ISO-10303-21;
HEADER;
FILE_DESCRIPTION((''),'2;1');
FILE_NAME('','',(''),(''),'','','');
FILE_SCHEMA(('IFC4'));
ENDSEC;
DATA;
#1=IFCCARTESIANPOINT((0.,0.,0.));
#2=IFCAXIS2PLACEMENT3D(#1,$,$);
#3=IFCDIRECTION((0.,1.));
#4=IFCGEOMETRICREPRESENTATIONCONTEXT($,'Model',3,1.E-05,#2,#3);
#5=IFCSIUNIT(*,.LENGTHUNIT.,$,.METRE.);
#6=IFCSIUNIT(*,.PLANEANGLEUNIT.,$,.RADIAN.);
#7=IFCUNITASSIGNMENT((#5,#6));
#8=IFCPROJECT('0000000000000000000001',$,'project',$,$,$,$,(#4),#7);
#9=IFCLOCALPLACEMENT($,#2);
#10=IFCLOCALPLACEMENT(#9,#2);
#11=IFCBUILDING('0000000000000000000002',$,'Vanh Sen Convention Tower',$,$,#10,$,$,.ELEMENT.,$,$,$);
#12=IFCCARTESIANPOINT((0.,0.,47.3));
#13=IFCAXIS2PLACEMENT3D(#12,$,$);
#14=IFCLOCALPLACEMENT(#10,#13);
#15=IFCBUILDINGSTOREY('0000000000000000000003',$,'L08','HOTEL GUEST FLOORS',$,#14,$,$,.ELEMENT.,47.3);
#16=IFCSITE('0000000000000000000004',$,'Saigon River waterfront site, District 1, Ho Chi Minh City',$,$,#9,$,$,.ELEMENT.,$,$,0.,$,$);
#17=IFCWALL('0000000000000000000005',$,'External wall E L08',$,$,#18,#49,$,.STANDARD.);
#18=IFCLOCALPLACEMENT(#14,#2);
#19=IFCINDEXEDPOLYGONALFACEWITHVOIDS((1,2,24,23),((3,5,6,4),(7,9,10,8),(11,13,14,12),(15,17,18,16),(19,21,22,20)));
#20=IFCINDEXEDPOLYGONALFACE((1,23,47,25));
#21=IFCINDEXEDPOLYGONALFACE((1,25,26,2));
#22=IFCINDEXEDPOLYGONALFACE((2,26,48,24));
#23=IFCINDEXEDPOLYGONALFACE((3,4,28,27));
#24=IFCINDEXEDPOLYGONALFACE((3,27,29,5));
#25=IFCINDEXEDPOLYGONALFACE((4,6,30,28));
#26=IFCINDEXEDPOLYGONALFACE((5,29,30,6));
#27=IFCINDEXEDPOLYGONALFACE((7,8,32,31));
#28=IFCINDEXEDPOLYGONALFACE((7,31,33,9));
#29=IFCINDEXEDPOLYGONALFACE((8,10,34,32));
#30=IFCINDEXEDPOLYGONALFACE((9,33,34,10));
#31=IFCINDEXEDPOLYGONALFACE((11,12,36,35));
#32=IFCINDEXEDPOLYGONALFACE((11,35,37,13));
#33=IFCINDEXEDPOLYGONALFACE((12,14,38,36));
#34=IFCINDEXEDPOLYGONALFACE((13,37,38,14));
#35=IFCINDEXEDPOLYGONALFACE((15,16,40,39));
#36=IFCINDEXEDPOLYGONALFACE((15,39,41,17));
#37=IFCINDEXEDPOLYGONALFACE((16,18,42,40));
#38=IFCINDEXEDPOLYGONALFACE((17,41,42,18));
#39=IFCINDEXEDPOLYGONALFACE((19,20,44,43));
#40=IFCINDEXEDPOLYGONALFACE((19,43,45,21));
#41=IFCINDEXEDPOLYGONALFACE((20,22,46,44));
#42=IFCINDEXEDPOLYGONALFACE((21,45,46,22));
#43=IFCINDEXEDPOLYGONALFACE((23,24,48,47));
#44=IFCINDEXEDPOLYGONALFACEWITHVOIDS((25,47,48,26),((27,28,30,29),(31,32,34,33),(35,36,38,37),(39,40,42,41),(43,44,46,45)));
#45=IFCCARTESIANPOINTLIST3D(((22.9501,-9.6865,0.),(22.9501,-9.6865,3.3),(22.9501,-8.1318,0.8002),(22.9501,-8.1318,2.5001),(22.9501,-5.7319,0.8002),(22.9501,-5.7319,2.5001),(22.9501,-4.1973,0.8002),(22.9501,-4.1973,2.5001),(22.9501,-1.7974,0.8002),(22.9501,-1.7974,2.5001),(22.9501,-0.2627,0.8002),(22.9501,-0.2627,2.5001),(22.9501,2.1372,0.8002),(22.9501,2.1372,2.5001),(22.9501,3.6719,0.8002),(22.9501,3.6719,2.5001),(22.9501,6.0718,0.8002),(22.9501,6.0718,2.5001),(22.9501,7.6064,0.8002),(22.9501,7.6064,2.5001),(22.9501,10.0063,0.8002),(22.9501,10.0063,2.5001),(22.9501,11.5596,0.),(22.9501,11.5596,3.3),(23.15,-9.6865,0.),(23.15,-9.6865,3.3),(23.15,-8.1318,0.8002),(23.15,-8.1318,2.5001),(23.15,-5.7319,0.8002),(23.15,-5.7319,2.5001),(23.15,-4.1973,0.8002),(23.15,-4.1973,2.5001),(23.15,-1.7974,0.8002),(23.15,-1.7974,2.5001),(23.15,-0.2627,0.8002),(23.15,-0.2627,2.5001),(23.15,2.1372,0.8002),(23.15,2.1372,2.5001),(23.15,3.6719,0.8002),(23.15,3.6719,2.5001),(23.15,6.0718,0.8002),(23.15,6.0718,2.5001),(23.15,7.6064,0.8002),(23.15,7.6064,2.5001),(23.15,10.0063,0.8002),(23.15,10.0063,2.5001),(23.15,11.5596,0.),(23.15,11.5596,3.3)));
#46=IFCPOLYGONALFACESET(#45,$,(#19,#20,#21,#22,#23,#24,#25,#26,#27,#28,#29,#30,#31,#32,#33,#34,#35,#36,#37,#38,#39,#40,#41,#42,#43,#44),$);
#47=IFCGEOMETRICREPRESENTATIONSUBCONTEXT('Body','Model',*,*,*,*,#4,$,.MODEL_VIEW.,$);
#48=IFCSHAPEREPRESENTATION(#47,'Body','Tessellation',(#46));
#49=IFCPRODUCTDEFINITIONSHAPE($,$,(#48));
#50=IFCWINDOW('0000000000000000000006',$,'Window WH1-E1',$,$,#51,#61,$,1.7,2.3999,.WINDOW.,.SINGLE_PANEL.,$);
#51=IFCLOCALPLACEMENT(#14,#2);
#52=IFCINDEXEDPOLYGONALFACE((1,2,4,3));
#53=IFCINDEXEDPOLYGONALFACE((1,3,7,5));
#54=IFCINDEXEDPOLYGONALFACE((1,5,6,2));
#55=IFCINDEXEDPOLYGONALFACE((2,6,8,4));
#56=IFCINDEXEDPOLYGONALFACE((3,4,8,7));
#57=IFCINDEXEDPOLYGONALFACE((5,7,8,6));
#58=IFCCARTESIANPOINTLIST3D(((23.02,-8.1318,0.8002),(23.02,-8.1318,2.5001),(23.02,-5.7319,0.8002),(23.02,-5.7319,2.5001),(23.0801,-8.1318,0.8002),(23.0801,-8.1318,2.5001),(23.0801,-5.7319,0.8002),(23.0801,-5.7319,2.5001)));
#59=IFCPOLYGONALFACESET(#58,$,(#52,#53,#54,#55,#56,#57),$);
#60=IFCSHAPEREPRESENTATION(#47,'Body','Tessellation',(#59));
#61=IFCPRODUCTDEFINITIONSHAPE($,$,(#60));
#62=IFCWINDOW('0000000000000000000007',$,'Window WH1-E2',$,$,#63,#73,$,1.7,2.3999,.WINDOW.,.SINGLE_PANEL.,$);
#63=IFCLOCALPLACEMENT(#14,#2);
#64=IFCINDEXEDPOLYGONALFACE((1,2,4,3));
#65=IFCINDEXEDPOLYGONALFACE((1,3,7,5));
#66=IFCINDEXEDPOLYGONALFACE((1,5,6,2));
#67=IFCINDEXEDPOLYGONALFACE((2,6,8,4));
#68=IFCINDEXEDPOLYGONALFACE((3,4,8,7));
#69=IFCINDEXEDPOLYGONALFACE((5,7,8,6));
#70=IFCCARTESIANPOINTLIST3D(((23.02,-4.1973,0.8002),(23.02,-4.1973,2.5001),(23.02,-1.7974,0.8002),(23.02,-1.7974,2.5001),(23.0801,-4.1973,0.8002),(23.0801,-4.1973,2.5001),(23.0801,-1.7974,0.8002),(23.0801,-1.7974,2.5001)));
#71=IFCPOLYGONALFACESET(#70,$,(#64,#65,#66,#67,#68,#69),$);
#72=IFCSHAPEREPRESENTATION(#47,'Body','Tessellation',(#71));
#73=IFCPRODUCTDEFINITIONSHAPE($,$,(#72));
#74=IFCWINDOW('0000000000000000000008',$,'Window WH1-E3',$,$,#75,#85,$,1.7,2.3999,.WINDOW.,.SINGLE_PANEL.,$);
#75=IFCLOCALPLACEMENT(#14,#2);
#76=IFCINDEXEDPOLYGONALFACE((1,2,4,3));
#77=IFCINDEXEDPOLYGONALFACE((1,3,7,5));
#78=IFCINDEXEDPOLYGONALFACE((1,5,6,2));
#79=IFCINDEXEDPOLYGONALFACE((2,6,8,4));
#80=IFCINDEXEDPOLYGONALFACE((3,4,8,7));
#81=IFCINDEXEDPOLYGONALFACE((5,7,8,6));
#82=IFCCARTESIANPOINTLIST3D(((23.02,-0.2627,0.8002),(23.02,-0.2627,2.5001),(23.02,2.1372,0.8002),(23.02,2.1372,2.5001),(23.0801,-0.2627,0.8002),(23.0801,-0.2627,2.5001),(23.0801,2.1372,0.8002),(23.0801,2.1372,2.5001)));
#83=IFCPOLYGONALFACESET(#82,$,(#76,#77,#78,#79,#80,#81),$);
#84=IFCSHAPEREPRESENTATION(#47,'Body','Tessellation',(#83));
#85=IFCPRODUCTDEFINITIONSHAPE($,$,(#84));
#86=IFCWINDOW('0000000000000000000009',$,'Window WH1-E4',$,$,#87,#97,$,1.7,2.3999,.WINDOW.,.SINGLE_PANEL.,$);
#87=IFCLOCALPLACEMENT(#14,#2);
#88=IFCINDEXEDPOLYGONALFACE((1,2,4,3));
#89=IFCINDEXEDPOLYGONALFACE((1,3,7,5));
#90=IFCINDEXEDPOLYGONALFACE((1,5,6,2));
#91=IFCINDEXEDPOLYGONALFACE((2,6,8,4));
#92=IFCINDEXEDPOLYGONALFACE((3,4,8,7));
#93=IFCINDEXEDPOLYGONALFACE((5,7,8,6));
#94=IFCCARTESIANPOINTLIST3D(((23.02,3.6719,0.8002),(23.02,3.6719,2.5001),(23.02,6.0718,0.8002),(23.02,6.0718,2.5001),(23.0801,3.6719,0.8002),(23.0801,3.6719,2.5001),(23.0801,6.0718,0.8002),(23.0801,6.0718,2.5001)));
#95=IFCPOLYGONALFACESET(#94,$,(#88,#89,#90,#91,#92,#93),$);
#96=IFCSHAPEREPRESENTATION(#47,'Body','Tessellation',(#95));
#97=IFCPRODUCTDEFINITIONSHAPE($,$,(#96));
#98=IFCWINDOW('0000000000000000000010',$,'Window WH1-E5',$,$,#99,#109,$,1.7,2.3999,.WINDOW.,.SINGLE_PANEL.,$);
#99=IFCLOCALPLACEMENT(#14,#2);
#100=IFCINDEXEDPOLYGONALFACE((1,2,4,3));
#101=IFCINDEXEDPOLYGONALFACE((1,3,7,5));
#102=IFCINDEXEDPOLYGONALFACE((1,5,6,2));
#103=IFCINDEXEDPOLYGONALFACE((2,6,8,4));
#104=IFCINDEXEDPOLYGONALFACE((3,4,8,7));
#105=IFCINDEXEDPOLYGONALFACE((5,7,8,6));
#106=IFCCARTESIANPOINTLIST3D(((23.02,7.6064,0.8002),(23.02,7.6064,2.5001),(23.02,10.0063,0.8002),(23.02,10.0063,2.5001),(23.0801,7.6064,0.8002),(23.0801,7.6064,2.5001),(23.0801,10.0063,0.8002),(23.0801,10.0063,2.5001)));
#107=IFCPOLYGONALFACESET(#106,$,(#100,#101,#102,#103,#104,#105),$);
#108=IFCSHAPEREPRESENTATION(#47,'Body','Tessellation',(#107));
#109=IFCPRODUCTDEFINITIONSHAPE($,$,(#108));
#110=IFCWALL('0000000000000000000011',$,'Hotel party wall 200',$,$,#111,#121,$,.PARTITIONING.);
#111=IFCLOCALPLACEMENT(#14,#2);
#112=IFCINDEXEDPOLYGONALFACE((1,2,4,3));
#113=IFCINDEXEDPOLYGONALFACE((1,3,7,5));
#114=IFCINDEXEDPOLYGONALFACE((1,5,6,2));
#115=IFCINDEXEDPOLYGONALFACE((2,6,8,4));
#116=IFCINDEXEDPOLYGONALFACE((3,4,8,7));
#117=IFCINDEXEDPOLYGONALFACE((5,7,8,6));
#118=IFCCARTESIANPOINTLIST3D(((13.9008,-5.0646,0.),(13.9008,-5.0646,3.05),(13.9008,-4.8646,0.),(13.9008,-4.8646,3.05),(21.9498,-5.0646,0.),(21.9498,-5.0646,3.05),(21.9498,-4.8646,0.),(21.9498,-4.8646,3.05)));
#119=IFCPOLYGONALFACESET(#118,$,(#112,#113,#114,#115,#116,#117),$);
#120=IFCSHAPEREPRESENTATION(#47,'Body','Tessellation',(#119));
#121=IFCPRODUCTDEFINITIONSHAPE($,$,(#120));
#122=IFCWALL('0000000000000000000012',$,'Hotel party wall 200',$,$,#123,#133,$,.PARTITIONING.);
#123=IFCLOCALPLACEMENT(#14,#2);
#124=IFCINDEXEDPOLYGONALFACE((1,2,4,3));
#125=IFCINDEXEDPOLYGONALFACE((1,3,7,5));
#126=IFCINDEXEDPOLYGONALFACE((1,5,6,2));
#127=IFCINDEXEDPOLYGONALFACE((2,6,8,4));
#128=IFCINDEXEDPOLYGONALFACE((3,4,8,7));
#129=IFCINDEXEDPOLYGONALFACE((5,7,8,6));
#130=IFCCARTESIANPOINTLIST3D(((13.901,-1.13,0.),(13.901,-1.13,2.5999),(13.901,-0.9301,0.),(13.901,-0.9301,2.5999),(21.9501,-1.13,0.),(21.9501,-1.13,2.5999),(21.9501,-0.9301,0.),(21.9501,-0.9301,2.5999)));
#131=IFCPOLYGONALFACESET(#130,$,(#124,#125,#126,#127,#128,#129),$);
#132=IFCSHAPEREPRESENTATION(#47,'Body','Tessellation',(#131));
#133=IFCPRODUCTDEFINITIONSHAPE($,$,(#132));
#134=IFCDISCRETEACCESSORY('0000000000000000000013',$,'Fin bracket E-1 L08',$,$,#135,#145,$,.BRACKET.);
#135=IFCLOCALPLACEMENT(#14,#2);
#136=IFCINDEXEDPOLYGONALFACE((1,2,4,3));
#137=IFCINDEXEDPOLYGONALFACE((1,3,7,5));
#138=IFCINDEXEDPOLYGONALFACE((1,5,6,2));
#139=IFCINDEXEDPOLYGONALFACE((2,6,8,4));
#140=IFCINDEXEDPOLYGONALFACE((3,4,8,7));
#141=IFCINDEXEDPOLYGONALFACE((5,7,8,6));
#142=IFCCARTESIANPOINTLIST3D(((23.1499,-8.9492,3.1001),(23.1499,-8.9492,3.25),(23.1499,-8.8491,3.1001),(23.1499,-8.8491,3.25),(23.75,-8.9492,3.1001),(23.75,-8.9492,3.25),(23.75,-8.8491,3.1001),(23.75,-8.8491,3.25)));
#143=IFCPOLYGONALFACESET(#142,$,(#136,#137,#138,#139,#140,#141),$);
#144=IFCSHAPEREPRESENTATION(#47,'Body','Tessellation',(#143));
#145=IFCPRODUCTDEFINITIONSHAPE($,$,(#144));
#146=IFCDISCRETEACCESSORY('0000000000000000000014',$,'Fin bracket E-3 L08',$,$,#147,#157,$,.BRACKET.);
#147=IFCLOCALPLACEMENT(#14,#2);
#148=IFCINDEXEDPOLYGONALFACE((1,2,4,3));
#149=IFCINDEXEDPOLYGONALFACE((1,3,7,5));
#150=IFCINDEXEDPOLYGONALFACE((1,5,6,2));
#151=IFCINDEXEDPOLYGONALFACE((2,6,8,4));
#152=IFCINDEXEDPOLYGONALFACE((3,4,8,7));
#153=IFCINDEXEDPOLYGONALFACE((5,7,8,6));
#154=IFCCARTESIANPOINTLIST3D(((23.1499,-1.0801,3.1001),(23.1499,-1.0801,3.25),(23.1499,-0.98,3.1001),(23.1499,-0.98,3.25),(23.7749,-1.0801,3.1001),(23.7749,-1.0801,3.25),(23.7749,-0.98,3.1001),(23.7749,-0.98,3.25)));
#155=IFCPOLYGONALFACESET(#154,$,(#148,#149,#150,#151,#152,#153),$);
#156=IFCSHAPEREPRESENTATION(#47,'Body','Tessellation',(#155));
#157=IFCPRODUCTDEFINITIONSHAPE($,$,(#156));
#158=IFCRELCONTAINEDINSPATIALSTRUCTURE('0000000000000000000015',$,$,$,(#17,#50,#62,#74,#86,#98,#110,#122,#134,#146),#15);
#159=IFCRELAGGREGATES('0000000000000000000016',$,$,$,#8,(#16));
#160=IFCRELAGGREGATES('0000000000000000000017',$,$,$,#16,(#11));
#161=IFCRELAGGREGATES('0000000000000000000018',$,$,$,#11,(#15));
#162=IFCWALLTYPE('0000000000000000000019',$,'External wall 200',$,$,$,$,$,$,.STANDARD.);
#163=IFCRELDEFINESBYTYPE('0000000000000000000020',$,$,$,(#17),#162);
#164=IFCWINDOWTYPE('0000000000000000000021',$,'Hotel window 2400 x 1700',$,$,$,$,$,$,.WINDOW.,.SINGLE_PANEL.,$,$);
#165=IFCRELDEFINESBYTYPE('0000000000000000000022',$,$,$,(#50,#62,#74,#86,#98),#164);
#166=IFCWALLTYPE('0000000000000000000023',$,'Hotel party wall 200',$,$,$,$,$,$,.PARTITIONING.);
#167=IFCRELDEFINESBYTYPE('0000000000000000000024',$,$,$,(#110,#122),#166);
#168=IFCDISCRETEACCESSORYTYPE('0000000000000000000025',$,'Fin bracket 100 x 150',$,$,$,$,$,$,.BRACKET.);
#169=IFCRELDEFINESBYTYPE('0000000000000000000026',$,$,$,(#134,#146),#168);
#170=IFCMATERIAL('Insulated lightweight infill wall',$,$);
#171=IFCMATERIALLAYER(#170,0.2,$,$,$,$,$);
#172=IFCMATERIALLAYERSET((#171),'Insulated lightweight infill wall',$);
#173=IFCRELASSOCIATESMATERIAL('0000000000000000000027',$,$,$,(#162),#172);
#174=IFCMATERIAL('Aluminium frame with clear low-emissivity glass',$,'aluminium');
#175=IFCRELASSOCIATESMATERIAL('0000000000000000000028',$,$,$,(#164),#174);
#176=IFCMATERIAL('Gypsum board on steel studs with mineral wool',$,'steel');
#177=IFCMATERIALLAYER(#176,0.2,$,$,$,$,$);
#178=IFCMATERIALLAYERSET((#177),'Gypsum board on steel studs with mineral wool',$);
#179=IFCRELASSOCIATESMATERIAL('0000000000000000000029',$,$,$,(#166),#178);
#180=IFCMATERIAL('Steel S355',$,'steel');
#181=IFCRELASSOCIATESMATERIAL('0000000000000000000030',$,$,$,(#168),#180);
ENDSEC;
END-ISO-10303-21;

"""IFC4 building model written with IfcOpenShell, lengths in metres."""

from ifc_helpers import new_model, si_unit, direction, frame, frame_2d, origin, origin_2d, place, context, subcontext, project, spatial, rectangle, extrude, material, layer, layer_set, type_object, element, fill, save


model = new_model("IFC4")

# Units and contexts
model_context = context("Model", 3, precision=1e-05, world=origin(), true_north=direction((0.0, 1.0)))
body_context = subcontext(model_context, "Body", "Model", "MODEL_VIEW")
ifc_project = project(units=[si_unit("LENGTHUNIT", "METRE"), si_unit("PLANEANGLEUNIT", "RADIAN")], contexts=[model_context])

# Site, building, storey
site_placement = place(None, origin())
site = spatial("IfcSite", under=ifc_project, at=site_placement, Name="Saigon River waterfront site, District 1, Ho Chi Minh City", CompositionType="ELEMENT", RefElevation=0.0)
building_placement = place(site_placement, origin())
building = spatial("IfcBuilding", under=site, at=building_placement, Name="Vanh Sen Convention Tower", CompositionType="ELEMENT")
storey_placement = place(building_placement, frame((0.0, 0.0, 47.3)))
storey = spatial("IfcBuildingStorey", under=building, at=storey_placement, Name="L08", Description="HOTEL GUEST FLOORS", CompositionType="ELEMENT", Elevation=47.3)

# Wall, openings, windows
ifc_material_1 = material(Name="Insulated lightweight infill wall")
ifc_layer_1 = layer(ifc_material_1, 0.2)
ifc_layer_set_1 = layer_set([ifc_layer_1], Name="Insulated lightweight infill wall")
wall_type_1 = type_object("IfcWallType", Name="External wall 200", PredefinedType="STANDARD", material=ifc_layer_set_1)
wall_1_placement = place(storey_placement, frame((23.05, -9.6865, 0.0), z_axis=(0.0, 0.0, 1.0), x_axis=(0.0, 1.0, 0.0)))
wall_1 = element("IfcWall", 1, at=wall_1_placement, inside=storey, type_object=wall_type_1, Name="External wall E L08", PredefinedType="STANDARD", context=body_context, shape_type="SweptSolid", body=[
    extrude(rectangle(XDim=21.2461, YDim=0.2, at=frame_2d((10.623, 0.0))), origin(), (0.0, 0.0, 1.0), 3.3),
])
opening_1_placement = place(wall_1_placement, frame((1.5547, 0.0, 0.8)))
opening_1 = element("IfcOpeningElement", 2, at=opening_1_placement, cuts=wall_1, PredefinedType="OPENING", context=body_context, shape_type="SweptSolid", body=[
    extrude(rectangle(XDim=2.3999, YDim=1.7, at=frame_2d((1.2, 0.8501))), frame((0.0, 0.1099, 0.0), z_axis=(0.0, -1.0, 0.0), x_axis=(1.0, 0.0, 0.0)), (0.0, 0.0, 1.0), 0.22),
])
opening_2_placement = place(wall_1_placement, frame((5.4893, 0.0, 0.8)))
opening_2 = element("IfcOpeningElement", 3, at=opening_2_placement, cuts=wall_1, PredefinedType="OPENING", context=body_context, shape_type="SweptSolid", body=[
    extrude(rectangle(XDim=2.3999, YDim=1.7, at=frame_2d((1.2, 0.8501))), frame((0.0, 0.1099, 0.0), z_axis=(0.0, -1.0, 0.0), x_axis=(1.0, 0.0, 0.0)), (0.0, 0.0, 1.0), 0.22),
])
opening_3_placement = place(wall_1_placement, frame((9.4238, 0.0, 0.8)))
opening_3 = element("IfcOpeningElement", 4, at=opening_3_placement, cuts=wall_1, PredefinedType="OPENING", context=body_context, shape_type="SweptSolid", body=[
    extrude(rectangle(XDim=2.3999, YDim=1.7, at=frame_2d((1.2, 0.8501))), frame((0.0, 0.1099, 0.0), z_axis=(0.0, -1.0, 0.0), x_axis=(1.0, 0.0, 0.0)), (0.0, 0.0, 1.0), 0.22),
])
opening_4_placement = place(wall_1_placement, frame((13.3584, 0.0, 0.8)))
opening_4 = element("IfcOpeningElement", 5, at=opening_4_placement, cuts=wall_1, PredefinedType="OPENING", context=body_context, shape_type="SweptSolid", body=[
    extrude(rectangle(XDim=2.3999, YDim=1.7, at=frame_2d((1.2, 0.8501))), frame((0.0, 0.1099, 0.0), z_axis=(0.0, -1.0, 0.0), x_axis=(1.0, 0.0, 0.0)), (0.0, 0.0, 1.0), 0.22),
])
opening_5_placement = place(wall_1_placement, frame((17.293, 0.0, 0.8)))
opening_5 = element("IfcOpeningElement", 6, at=opening_5_placement, cuts=wall_1, PredefinedType="OPENING", context=body_context, shape_type="SweptSolid", body=[
    extrude(rectangle(XDim=2.3999, YDim=1.7, at=frame_2d((1.2, 0.8501))), frame((0.0, 0.1099, 0.0), z_axis=(0.0, -1.0, 0.0), x_axis=(1.0, 0.0, 0.0)), (0.0, 0.0, 1.0), 0.22),
])
ifc_material_2 = material(Name="Aluminium frame with clear low-emissivity glass", Category="aluminium")
window_type = type_object("IfcWindowType", Name="Hotel window 2400 x 1700", PartitioningType="SINGLE_PANEL", PredefinedType="WINDOW", material=ifc_material_2)
window_1_placement = place(opening_1_placement, origin())
window_1 = element("IfcWindow", 7, at=window_1_placement, inside=storey, type_object=window_type, Name="Window WH1-E1", OverallHeight=1.7, OverallWidth=2.3999, PartitioningType="SINGLE_PANEL", PredefinedType="WINDOW", context=body_context, shape_type="SweptSolid", body=[
    extrude(rectangle(XDim=2.3999, YDim=1.7, at=frame_2d((1.2, 0.8501))), frame((0.0, 0.03, 0.0), z_axis=(0.0, -1.0, 0.0), x_axis=(1.0, 0.0, 0.0)), (0.0, 0.0, 1.0), 0.0601),
])
fill(opening_1, window_1)
window_2_placement = place(opening_2_placement, origin())
window_2 = element("IfcWindow", 8, at=window_2_placement, inside=storey, type_object=window_type, Name="Window WH1-E2", OverallHeight=1.7, OverallWidth=2.3999, PartitioningType="SINGLE_PANEL", PredefinedType="WINDOW", context=body_context, shape_type="SweptSolid", body=[
    extrude(rectangle(XDim=2.3999, YDim=1.7, at=frame_2d((1.2, 0.8501))), frame((0.0, 0.03, 0.0), z_axis=(0.0, -1.0, 0.0), x_axis=(1.0, 0.0, 0.0)), (0.0, 0.0, 1.0), 0.0601),
])
fill(opening_2, window_2)
window_3_placement = place(opening_3_placement, origin())
window_3 = element("IfcWindow", 9, at=window_3_placement, inside=storey, type_object=window_type, Name="Window WH1-E3", OverallHeight=1.7, OverallWidth=2.3999, PartitioningType="SINGLE_PANEL", PredefinedType="WINDOW", context=body_context, shape_type="SweptSolid", body=[
    extrude(rectangle(XDim=2.3999, YDim=1.7, at=frame_2d((1.2, 0.8501))), frame((0.0, 0.03, 0.0), z_axis=(0.0, -1.0, 0.0), x_axis=(1.0, 0.0, 0.0)), (0.0, 0.0, 1.0), 0.0601),
])
fill(opening_3, window_3)
window_4_placement = place(opening_4_placement, origin())
window_4 = element("IfcWindow", 10, at=window_4_placement, inside=storey, type_object=window_type, Name="Window WH1-E4", OverallHeight=1.7, OverallWidth=2.3999, PartitioningType="SINGLE_PANEL", PredefinedType="WINDOW", context=body_context, shape_type="SweptSolid", body=[
    extrude(rectangle(XDim=2.3999, YDim=1.7, at=frame_2d((1.2, 0.8501))), frame((0.0, 0.03, 0.0), z_axis=(0.0, -1.0, 0.0), x_axis=(1.0, 0.0, 0.0)), (0.0, 0.0, 1.0), 0.0601),
])
fill(opening_4, window_4)
window_5_placement = place(opening_5_placement, origin())
window_5 = element("IfcWindow", 11, at=window_5_placement, inside=storey, type_object=window_type, Name="Window WH1-E5", OverallHeight=1.7, OverallWidth=2.3999, PartitioningType="SINGLE_PANEL", PredefinedType="WINDOW", context=body_context, shape_type="SweptSolid", body=[
    extrude(rectangle(XDim=2.3999, YDim=1.7, at=frame_2d((1.2, 0.8501))), frame((0.0, 0.03, 0.0), z_axis=(0.0, -1.0, 0.0), x_axis=(1.0, 0.0, 0.0)), (0.0, 0.0, 1.0), 0.0601),
])
fill(opening_5, window_5)

# Walls
ifc_material_3 = material(Name="Gypsum board on steel studs with mineral wool", Category="steel")
ifc_layer_2 = layer(ifc_material_3, 0.2)
ifc_layer_set_2 = layer_set([ifc_layer_2], Name="Gypsum board on steel studs with mineral wool")
wall_type_2 = type_object("IfcWallType", Name="Hotel party wall 200", PredefinedType="PARTITIONING", material=ifc_layer_set_2)
wall_2_placement = place(storey_placement, frame((13.9009, -4.9646, 0.0), z_axis=(0.0, 0.0, 1.0), x_axis=(1.0, 0.0, 0.0)))
element("IfcWall", 12, at=wall_2_placement, inside=storey, type_object=wall_type_2, Name="Hotel party wall 200", PredefinedType="PARTITIONING", context=body_context, shape_type="SweptSolid", body=[
    extrude(rectangle(XDim=8.0491, YDim=0.2, at=frame_2d((4.0244, 0.0))), origin(), (0.0, 0.0, 1.0), 3.05),
])
wall_3_placement = place(storey_placement, frame((21.95, -1.03, 0.0), z_axis=(0.0, 0.0, 1.0), x_axis=(-1.0, 0.0, 0.0)))
element("IfcWall", 13, at=wall_3_placement, inside=storey, type_object=wall_type_2, Name="Hotel party wall 200", PredefinedType="PARTITIONING", context=body_context, shape_type="SweptSolid", body=[
    extrude(rectangle(XDim=8.0491, YDim=0.2, at=frame_2d((4.0244, 0.0))), origin(), (0.0, 0.0, 1.0), 2.5999),
])

# Discrete accessories
ifc_material_4 = material(Name="Steel S355", Category="steel")
discrete_accessory_type = type_object("IfcDiscreteAccessoryType", Name="Fin bracket 100 x 150", PredefinedType="BRACKET", material=ifc_material_4)
discrete_accessory_1_placement = place(storey_placement, frame((23.45, -8.8992, 3.1001), z_axis=(0.0, 0.0, 1.0), x_axis=(1.0, 0.0, 0.0)))
element("IfcDiscreteAccessory", 14, at=discrete_accessory_1_placement, inside=storey, type_object=discrete_accessory_type, Name="Fin bracket E-1 L08", PredefinedType="BRACKET", context=body_context, shape_type="SweptSolid", body=[
    extrude(rectangle(XDim=0.6001, YDim=0.1001, at=origin_2d()), origin(), (0.0, 0.0, 1.0), 0.1499),
])
discrete_accessory_2_placement = place(storey_placement, frame((23.4624, -1.03, 3.1001), z_axis=(0.0, 0.0, 1.0), x_axis=(1.0, 0.0, 0.0)))
element("IfcDiscreteAccessory", 15, at=discrete_accessory_2_placement, inside=storey, type_object=discrete_accessory_type, Name="Fin bracket E-3 L08", PredefinedType="BRACKET", context=body_context, shape_type="SweptSolid", body=[
    extrude(rectangle(XDim=0.625, YDim=0.1001, at=origin_2d()), origin(), (0.0, 0.0, 1.0), 0.1499),
])

save(model, "model.ifc")
